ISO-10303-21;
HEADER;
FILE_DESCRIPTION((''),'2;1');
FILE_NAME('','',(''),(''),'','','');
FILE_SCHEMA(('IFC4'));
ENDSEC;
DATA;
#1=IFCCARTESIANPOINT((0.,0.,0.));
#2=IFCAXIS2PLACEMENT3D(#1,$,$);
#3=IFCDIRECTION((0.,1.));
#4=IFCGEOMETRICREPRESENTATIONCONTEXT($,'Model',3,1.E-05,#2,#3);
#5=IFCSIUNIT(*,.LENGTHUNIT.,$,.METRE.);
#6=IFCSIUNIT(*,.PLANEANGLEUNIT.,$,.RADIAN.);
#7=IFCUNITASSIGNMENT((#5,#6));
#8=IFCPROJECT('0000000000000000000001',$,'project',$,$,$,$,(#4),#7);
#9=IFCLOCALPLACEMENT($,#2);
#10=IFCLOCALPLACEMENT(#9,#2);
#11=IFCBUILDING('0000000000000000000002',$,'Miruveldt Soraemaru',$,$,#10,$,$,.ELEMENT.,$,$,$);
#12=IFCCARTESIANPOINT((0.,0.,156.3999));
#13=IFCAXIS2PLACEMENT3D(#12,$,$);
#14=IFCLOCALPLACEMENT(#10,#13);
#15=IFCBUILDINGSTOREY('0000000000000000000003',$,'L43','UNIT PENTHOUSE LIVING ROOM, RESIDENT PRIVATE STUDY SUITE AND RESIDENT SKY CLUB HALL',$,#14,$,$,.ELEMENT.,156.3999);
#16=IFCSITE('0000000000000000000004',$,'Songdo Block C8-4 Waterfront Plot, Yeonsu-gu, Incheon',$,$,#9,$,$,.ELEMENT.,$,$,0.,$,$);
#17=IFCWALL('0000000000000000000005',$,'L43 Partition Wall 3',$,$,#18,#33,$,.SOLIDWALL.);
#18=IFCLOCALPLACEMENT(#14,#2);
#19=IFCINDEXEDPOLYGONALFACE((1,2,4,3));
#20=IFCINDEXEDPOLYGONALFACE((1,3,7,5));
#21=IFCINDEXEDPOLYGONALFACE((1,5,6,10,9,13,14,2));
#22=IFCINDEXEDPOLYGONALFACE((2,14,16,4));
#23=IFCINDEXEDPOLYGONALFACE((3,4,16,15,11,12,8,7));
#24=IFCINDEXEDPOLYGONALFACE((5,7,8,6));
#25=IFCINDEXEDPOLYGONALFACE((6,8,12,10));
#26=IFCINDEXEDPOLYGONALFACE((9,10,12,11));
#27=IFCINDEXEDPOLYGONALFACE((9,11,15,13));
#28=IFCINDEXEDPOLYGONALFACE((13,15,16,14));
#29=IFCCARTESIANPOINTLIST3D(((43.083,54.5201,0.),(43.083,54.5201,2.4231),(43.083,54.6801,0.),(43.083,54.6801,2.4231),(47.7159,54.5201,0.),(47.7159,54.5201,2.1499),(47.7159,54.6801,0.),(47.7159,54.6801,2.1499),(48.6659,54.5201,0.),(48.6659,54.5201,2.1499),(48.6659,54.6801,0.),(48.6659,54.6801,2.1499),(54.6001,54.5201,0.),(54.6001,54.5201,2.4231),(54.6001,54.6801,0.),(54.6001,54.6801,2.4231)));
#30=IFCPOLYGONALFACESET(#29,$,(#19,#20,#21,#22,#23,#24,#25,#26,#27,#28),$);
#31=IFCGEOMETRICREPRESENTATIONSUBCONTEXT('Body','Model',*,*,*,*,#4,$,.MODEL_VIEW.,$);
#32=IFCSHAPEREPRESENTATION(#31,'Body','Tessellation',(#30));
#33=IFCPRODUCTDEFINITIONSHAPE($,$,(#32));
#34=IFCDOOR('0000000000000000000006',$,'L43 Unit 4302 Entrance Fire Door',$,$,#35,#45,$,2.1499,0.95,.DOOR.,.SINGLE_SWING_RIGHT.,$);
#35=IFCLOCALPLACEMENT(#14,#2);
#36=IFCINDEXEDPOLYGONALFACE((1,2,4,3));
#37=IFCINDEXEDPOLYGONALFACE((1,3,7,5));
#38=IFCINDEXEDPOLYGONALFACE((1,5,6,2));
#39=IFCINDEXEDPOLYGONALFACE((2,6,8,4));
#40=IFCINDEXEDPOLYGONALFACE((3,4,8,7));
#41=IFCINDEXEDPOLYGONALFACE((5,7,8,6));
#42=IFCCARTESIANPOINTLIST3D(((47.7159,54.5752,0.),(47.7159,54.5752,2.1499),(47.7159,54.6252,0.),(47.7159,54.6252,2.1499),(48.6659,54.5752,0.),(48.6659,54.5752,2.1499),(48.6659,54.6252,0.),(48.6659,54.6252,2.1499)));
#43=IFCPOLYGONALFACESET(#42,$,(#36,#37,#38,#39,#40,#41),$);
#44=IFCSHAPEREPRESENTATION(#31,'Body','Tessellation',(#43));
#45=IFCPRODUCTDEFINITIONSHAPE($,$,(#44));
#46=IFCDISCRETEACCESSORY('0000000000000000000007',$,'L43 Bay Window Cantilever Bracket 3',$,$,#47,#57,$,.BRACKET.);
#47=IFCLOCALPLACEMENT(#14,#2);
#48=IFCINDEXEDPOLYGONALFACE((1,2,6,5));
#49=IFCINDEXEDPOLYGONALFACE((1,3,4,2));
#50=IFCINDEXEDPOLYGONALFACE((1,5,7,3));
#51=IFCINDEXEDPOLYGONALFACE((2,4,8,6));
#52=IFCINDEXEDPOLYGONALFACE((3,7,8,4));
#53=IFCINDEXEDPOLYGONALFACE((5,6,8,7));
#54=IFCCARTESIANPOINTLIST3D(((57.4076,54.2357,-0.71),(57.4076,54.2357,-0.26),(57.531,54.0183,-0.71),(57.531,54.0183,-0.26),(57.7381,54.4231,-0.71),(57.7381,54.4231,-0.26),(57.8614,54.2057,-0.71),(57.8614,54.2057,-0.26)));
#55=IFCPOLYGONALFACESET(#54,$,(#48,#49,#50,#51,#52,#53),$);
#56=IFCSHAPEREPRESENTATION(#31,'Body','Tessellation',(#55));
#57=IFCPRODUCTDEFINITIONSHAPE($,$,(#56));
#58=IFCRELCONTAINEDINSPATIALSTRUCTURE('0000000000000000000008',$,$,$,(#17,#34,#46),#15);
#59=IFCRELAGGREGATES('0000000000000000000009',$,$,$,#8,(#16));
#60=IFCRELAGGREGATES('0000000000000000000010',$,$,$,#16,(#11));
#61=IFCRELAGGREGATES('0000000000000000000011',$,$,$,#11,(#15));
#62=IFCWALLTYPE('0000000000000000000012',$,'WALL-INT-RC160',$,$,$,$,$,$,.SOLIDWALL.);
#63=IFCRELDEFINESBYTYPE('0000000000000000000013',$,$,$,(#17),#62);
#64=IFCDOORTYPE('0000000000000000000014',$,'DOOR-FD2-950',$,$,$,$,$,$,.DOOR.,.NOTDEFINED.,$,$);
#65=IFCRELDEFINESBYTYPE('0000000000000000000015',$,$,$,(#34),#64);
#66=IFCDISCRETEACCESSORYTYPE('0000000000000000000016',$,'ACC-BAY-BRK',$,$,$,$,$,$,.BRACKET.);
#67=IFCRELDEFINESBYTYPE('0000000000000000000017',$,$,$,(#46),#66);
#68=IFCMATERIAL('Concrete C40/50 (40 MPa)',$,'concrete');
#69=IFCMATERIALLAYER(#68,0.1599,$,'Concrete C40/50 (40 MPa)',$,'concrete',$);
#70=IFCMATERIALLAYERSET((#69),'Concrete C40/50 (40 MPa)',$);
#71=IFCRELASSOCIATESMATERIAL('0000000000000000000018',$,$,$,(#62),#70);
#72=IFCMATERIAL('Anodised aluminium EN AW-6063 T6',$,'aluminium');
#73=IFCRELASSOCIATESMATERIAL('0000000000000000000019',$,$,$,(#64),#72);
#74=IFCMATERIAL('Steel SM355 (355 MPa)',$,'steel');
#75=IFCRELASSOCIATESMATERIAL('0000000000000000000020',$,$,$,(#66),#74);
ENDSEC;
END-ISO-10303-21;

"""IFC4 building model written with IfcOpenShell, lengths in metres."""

from ifc_helpers import new_model, si_unit, direction, frame, frame_2d, origin, origin_2d, place, context, subcontext, project, spatial, rectangle, extrude, material, layer, layer_set, type_object, element, fill, save


model = new_model("IFC4")

# Units and contexts
model_context = context("Model", 3, precision=1e-05, world=origin(), true_north=direction((0.0, 1.0)))
body_context = subcontext(model_context, "Body", "Model", "MODEL_VIEW")
ifc_project = project(units=[si_unit("LENGTHUNIT", "METRE"), si_unit("PLANEANGLEUNIT", "RADIAN")], contexts=[model_context])

# Site, building, storey
site_placement = place(None, origin())
site = spatial("IfcSite", under=ifc_project, at=site_placement, Name="Songdo Block C8-4 Waterfront Plot, Yeonsu-gu, Incheon", CompositionType="ELEMENT", RefElevation=0.0)
building_placement = place(site_placement, origin())
building = spatial("IfcBuilding", under=site, at=building_placement, Name="Miruveldt Soraemaru", CompositionType="ELEMENT")
storey_placement = place(building_placement, frame((0.0, 0.0, 156.3999)))
storey = spatial("IfcBuildingStorey", under=building, at=storey_placement, Name="L43", Description="UNIT PENTHOUSE LIVING ROOM, RESIDENT PRIVATE STUDY SUITE AND RESIDENT SKY CLUB HALL", CompositionType="ELEMENT", Elevation=156.3999)

# Shared definitions
ifc_material_1 = material(Name="Anodised aluminium EN AW-6063 T6", Category="aluminium")

# Wall, opening, door
ifc_material_2 = material(Name="Concrete C40/50 (40 MPa)", Category="concrete")
ifc_layer_1 = layer(ifc_material_2, 0.1599, Name="Concrete C40/50 (40 MPa)", Category="concrete")
ifc_layer_set_1 = layer_set([ifc_layer_1], Name="Concrete C40/50 (40 MPa)")
wall_type_1 = type_object("IfcWallType", Name="WALL-INT-RC160", PredefinedType="SOLIDWALL", material=ifc_layer_set_1)
wall_1_placement = place(storey_placement, frame((54.6001, 54.6001, 0.0), z_axis=(0.0, 0.0, 1.0), x_axis=(-1.0, 0.0, 0.0)))
wall_1 = element("IfcWall", 1, at=wall_1_placement, inside=storey, type_object=wall_type_1, Name="L43 Partition Wall 3", PredefinedType="SOLIDWALL", context=body_context, shape_type="SweptSolid", body=[
    extrude(rectangle(XDim=11.5171, YDim=0.1599, at=frame_2d((5.7585, 0.0))), origin(), (0.0, 0.0, 1.0), 2.4231),
])
opening_1_placement = place(wall_1_placement, frame((5.9341, 0.0, 0.0)))
opening_1 = element("IfcOpeningElement", 2, at=opening_1_placement, cuts=wall_1, PredefinedType="OPENING", context=body_context, shape_type="SweptSolid", body=[
    extrude(rectangle(XDim=0.95, YDim=2.1499, at=frame_2d((0.4751, 1.075))), frame((0.0, 0.0898, 0.0), z_axis=(0.0, -1.0, 0.0), x_axis=(1.0, 0.0, 0.0)), (0.0, 0.0, 1.0), 0.1799),
])
door_type_1 = type_object("IfcDoorType", Name="DOOR-FD2-950", OperationType="NOTDEFINED", PredefinedType="DOOR", material=ifc_material_1)
door_1_placement = place(opening_1_placement, origin())
door_1 = element("IfcDoor", 3, at=door_1_placement, inside=storey, type_object=door_type_1, Name="L43 Unit 4302 Entrance Fire Door", OperationType="SINGLE_SWING_RIGHT", OverallHeight=2.1499, OverallWidth=0.95, PredefinedType="DOOR", context=body_context, shape_type="SweptSolid", body=[
    extrude(rectangle(XDim=0.95, YDim=2.1499, at=frame_2d((0.4751, 1.075))), frame((0.0, 0.0249, 0.0), z_axis=(0.0, -1.0, 0.0), x_axis=(1.0, 0.0, 0.0)), (0.0, 0.0, 1.0), 0.05),
])
fill(opening_1, door_1)

# Discrete accessory
ifc_material_3 = material(Name="Steel SM355 (355 MPa)", Category="steel")
discrete_accessory_type = type_object("IfcDiscreteAccessoryType", Name="ACC-BAY-BRK", PredefinedType="BRACKET", material=ifc_material_3)
discrete_accessory_placement = place(storey_placement, frame((57.6345, 54.2207, -0.71), z_axis=(0.0, 0.0, 1.0), x_axis=(0.869831, 0.49335, 0.0)))
element("IfcDiscreteAccessory", 4, at=discrete_accessory_placement, inside=storey, type_object=discrete_accessory_type, Name="L43 Bay Window Cantilever Bracket 3", PredefinedType="BRACKET", context=body_context, shape_type="SweptSolid", body=[
    extrude(rectangle(XDim=0.3799, YDim=0.25, at=origin_2d()), origin(), (0.0, 0.0, 1.0), 0.45),
])

save(model, "model.ifc")
